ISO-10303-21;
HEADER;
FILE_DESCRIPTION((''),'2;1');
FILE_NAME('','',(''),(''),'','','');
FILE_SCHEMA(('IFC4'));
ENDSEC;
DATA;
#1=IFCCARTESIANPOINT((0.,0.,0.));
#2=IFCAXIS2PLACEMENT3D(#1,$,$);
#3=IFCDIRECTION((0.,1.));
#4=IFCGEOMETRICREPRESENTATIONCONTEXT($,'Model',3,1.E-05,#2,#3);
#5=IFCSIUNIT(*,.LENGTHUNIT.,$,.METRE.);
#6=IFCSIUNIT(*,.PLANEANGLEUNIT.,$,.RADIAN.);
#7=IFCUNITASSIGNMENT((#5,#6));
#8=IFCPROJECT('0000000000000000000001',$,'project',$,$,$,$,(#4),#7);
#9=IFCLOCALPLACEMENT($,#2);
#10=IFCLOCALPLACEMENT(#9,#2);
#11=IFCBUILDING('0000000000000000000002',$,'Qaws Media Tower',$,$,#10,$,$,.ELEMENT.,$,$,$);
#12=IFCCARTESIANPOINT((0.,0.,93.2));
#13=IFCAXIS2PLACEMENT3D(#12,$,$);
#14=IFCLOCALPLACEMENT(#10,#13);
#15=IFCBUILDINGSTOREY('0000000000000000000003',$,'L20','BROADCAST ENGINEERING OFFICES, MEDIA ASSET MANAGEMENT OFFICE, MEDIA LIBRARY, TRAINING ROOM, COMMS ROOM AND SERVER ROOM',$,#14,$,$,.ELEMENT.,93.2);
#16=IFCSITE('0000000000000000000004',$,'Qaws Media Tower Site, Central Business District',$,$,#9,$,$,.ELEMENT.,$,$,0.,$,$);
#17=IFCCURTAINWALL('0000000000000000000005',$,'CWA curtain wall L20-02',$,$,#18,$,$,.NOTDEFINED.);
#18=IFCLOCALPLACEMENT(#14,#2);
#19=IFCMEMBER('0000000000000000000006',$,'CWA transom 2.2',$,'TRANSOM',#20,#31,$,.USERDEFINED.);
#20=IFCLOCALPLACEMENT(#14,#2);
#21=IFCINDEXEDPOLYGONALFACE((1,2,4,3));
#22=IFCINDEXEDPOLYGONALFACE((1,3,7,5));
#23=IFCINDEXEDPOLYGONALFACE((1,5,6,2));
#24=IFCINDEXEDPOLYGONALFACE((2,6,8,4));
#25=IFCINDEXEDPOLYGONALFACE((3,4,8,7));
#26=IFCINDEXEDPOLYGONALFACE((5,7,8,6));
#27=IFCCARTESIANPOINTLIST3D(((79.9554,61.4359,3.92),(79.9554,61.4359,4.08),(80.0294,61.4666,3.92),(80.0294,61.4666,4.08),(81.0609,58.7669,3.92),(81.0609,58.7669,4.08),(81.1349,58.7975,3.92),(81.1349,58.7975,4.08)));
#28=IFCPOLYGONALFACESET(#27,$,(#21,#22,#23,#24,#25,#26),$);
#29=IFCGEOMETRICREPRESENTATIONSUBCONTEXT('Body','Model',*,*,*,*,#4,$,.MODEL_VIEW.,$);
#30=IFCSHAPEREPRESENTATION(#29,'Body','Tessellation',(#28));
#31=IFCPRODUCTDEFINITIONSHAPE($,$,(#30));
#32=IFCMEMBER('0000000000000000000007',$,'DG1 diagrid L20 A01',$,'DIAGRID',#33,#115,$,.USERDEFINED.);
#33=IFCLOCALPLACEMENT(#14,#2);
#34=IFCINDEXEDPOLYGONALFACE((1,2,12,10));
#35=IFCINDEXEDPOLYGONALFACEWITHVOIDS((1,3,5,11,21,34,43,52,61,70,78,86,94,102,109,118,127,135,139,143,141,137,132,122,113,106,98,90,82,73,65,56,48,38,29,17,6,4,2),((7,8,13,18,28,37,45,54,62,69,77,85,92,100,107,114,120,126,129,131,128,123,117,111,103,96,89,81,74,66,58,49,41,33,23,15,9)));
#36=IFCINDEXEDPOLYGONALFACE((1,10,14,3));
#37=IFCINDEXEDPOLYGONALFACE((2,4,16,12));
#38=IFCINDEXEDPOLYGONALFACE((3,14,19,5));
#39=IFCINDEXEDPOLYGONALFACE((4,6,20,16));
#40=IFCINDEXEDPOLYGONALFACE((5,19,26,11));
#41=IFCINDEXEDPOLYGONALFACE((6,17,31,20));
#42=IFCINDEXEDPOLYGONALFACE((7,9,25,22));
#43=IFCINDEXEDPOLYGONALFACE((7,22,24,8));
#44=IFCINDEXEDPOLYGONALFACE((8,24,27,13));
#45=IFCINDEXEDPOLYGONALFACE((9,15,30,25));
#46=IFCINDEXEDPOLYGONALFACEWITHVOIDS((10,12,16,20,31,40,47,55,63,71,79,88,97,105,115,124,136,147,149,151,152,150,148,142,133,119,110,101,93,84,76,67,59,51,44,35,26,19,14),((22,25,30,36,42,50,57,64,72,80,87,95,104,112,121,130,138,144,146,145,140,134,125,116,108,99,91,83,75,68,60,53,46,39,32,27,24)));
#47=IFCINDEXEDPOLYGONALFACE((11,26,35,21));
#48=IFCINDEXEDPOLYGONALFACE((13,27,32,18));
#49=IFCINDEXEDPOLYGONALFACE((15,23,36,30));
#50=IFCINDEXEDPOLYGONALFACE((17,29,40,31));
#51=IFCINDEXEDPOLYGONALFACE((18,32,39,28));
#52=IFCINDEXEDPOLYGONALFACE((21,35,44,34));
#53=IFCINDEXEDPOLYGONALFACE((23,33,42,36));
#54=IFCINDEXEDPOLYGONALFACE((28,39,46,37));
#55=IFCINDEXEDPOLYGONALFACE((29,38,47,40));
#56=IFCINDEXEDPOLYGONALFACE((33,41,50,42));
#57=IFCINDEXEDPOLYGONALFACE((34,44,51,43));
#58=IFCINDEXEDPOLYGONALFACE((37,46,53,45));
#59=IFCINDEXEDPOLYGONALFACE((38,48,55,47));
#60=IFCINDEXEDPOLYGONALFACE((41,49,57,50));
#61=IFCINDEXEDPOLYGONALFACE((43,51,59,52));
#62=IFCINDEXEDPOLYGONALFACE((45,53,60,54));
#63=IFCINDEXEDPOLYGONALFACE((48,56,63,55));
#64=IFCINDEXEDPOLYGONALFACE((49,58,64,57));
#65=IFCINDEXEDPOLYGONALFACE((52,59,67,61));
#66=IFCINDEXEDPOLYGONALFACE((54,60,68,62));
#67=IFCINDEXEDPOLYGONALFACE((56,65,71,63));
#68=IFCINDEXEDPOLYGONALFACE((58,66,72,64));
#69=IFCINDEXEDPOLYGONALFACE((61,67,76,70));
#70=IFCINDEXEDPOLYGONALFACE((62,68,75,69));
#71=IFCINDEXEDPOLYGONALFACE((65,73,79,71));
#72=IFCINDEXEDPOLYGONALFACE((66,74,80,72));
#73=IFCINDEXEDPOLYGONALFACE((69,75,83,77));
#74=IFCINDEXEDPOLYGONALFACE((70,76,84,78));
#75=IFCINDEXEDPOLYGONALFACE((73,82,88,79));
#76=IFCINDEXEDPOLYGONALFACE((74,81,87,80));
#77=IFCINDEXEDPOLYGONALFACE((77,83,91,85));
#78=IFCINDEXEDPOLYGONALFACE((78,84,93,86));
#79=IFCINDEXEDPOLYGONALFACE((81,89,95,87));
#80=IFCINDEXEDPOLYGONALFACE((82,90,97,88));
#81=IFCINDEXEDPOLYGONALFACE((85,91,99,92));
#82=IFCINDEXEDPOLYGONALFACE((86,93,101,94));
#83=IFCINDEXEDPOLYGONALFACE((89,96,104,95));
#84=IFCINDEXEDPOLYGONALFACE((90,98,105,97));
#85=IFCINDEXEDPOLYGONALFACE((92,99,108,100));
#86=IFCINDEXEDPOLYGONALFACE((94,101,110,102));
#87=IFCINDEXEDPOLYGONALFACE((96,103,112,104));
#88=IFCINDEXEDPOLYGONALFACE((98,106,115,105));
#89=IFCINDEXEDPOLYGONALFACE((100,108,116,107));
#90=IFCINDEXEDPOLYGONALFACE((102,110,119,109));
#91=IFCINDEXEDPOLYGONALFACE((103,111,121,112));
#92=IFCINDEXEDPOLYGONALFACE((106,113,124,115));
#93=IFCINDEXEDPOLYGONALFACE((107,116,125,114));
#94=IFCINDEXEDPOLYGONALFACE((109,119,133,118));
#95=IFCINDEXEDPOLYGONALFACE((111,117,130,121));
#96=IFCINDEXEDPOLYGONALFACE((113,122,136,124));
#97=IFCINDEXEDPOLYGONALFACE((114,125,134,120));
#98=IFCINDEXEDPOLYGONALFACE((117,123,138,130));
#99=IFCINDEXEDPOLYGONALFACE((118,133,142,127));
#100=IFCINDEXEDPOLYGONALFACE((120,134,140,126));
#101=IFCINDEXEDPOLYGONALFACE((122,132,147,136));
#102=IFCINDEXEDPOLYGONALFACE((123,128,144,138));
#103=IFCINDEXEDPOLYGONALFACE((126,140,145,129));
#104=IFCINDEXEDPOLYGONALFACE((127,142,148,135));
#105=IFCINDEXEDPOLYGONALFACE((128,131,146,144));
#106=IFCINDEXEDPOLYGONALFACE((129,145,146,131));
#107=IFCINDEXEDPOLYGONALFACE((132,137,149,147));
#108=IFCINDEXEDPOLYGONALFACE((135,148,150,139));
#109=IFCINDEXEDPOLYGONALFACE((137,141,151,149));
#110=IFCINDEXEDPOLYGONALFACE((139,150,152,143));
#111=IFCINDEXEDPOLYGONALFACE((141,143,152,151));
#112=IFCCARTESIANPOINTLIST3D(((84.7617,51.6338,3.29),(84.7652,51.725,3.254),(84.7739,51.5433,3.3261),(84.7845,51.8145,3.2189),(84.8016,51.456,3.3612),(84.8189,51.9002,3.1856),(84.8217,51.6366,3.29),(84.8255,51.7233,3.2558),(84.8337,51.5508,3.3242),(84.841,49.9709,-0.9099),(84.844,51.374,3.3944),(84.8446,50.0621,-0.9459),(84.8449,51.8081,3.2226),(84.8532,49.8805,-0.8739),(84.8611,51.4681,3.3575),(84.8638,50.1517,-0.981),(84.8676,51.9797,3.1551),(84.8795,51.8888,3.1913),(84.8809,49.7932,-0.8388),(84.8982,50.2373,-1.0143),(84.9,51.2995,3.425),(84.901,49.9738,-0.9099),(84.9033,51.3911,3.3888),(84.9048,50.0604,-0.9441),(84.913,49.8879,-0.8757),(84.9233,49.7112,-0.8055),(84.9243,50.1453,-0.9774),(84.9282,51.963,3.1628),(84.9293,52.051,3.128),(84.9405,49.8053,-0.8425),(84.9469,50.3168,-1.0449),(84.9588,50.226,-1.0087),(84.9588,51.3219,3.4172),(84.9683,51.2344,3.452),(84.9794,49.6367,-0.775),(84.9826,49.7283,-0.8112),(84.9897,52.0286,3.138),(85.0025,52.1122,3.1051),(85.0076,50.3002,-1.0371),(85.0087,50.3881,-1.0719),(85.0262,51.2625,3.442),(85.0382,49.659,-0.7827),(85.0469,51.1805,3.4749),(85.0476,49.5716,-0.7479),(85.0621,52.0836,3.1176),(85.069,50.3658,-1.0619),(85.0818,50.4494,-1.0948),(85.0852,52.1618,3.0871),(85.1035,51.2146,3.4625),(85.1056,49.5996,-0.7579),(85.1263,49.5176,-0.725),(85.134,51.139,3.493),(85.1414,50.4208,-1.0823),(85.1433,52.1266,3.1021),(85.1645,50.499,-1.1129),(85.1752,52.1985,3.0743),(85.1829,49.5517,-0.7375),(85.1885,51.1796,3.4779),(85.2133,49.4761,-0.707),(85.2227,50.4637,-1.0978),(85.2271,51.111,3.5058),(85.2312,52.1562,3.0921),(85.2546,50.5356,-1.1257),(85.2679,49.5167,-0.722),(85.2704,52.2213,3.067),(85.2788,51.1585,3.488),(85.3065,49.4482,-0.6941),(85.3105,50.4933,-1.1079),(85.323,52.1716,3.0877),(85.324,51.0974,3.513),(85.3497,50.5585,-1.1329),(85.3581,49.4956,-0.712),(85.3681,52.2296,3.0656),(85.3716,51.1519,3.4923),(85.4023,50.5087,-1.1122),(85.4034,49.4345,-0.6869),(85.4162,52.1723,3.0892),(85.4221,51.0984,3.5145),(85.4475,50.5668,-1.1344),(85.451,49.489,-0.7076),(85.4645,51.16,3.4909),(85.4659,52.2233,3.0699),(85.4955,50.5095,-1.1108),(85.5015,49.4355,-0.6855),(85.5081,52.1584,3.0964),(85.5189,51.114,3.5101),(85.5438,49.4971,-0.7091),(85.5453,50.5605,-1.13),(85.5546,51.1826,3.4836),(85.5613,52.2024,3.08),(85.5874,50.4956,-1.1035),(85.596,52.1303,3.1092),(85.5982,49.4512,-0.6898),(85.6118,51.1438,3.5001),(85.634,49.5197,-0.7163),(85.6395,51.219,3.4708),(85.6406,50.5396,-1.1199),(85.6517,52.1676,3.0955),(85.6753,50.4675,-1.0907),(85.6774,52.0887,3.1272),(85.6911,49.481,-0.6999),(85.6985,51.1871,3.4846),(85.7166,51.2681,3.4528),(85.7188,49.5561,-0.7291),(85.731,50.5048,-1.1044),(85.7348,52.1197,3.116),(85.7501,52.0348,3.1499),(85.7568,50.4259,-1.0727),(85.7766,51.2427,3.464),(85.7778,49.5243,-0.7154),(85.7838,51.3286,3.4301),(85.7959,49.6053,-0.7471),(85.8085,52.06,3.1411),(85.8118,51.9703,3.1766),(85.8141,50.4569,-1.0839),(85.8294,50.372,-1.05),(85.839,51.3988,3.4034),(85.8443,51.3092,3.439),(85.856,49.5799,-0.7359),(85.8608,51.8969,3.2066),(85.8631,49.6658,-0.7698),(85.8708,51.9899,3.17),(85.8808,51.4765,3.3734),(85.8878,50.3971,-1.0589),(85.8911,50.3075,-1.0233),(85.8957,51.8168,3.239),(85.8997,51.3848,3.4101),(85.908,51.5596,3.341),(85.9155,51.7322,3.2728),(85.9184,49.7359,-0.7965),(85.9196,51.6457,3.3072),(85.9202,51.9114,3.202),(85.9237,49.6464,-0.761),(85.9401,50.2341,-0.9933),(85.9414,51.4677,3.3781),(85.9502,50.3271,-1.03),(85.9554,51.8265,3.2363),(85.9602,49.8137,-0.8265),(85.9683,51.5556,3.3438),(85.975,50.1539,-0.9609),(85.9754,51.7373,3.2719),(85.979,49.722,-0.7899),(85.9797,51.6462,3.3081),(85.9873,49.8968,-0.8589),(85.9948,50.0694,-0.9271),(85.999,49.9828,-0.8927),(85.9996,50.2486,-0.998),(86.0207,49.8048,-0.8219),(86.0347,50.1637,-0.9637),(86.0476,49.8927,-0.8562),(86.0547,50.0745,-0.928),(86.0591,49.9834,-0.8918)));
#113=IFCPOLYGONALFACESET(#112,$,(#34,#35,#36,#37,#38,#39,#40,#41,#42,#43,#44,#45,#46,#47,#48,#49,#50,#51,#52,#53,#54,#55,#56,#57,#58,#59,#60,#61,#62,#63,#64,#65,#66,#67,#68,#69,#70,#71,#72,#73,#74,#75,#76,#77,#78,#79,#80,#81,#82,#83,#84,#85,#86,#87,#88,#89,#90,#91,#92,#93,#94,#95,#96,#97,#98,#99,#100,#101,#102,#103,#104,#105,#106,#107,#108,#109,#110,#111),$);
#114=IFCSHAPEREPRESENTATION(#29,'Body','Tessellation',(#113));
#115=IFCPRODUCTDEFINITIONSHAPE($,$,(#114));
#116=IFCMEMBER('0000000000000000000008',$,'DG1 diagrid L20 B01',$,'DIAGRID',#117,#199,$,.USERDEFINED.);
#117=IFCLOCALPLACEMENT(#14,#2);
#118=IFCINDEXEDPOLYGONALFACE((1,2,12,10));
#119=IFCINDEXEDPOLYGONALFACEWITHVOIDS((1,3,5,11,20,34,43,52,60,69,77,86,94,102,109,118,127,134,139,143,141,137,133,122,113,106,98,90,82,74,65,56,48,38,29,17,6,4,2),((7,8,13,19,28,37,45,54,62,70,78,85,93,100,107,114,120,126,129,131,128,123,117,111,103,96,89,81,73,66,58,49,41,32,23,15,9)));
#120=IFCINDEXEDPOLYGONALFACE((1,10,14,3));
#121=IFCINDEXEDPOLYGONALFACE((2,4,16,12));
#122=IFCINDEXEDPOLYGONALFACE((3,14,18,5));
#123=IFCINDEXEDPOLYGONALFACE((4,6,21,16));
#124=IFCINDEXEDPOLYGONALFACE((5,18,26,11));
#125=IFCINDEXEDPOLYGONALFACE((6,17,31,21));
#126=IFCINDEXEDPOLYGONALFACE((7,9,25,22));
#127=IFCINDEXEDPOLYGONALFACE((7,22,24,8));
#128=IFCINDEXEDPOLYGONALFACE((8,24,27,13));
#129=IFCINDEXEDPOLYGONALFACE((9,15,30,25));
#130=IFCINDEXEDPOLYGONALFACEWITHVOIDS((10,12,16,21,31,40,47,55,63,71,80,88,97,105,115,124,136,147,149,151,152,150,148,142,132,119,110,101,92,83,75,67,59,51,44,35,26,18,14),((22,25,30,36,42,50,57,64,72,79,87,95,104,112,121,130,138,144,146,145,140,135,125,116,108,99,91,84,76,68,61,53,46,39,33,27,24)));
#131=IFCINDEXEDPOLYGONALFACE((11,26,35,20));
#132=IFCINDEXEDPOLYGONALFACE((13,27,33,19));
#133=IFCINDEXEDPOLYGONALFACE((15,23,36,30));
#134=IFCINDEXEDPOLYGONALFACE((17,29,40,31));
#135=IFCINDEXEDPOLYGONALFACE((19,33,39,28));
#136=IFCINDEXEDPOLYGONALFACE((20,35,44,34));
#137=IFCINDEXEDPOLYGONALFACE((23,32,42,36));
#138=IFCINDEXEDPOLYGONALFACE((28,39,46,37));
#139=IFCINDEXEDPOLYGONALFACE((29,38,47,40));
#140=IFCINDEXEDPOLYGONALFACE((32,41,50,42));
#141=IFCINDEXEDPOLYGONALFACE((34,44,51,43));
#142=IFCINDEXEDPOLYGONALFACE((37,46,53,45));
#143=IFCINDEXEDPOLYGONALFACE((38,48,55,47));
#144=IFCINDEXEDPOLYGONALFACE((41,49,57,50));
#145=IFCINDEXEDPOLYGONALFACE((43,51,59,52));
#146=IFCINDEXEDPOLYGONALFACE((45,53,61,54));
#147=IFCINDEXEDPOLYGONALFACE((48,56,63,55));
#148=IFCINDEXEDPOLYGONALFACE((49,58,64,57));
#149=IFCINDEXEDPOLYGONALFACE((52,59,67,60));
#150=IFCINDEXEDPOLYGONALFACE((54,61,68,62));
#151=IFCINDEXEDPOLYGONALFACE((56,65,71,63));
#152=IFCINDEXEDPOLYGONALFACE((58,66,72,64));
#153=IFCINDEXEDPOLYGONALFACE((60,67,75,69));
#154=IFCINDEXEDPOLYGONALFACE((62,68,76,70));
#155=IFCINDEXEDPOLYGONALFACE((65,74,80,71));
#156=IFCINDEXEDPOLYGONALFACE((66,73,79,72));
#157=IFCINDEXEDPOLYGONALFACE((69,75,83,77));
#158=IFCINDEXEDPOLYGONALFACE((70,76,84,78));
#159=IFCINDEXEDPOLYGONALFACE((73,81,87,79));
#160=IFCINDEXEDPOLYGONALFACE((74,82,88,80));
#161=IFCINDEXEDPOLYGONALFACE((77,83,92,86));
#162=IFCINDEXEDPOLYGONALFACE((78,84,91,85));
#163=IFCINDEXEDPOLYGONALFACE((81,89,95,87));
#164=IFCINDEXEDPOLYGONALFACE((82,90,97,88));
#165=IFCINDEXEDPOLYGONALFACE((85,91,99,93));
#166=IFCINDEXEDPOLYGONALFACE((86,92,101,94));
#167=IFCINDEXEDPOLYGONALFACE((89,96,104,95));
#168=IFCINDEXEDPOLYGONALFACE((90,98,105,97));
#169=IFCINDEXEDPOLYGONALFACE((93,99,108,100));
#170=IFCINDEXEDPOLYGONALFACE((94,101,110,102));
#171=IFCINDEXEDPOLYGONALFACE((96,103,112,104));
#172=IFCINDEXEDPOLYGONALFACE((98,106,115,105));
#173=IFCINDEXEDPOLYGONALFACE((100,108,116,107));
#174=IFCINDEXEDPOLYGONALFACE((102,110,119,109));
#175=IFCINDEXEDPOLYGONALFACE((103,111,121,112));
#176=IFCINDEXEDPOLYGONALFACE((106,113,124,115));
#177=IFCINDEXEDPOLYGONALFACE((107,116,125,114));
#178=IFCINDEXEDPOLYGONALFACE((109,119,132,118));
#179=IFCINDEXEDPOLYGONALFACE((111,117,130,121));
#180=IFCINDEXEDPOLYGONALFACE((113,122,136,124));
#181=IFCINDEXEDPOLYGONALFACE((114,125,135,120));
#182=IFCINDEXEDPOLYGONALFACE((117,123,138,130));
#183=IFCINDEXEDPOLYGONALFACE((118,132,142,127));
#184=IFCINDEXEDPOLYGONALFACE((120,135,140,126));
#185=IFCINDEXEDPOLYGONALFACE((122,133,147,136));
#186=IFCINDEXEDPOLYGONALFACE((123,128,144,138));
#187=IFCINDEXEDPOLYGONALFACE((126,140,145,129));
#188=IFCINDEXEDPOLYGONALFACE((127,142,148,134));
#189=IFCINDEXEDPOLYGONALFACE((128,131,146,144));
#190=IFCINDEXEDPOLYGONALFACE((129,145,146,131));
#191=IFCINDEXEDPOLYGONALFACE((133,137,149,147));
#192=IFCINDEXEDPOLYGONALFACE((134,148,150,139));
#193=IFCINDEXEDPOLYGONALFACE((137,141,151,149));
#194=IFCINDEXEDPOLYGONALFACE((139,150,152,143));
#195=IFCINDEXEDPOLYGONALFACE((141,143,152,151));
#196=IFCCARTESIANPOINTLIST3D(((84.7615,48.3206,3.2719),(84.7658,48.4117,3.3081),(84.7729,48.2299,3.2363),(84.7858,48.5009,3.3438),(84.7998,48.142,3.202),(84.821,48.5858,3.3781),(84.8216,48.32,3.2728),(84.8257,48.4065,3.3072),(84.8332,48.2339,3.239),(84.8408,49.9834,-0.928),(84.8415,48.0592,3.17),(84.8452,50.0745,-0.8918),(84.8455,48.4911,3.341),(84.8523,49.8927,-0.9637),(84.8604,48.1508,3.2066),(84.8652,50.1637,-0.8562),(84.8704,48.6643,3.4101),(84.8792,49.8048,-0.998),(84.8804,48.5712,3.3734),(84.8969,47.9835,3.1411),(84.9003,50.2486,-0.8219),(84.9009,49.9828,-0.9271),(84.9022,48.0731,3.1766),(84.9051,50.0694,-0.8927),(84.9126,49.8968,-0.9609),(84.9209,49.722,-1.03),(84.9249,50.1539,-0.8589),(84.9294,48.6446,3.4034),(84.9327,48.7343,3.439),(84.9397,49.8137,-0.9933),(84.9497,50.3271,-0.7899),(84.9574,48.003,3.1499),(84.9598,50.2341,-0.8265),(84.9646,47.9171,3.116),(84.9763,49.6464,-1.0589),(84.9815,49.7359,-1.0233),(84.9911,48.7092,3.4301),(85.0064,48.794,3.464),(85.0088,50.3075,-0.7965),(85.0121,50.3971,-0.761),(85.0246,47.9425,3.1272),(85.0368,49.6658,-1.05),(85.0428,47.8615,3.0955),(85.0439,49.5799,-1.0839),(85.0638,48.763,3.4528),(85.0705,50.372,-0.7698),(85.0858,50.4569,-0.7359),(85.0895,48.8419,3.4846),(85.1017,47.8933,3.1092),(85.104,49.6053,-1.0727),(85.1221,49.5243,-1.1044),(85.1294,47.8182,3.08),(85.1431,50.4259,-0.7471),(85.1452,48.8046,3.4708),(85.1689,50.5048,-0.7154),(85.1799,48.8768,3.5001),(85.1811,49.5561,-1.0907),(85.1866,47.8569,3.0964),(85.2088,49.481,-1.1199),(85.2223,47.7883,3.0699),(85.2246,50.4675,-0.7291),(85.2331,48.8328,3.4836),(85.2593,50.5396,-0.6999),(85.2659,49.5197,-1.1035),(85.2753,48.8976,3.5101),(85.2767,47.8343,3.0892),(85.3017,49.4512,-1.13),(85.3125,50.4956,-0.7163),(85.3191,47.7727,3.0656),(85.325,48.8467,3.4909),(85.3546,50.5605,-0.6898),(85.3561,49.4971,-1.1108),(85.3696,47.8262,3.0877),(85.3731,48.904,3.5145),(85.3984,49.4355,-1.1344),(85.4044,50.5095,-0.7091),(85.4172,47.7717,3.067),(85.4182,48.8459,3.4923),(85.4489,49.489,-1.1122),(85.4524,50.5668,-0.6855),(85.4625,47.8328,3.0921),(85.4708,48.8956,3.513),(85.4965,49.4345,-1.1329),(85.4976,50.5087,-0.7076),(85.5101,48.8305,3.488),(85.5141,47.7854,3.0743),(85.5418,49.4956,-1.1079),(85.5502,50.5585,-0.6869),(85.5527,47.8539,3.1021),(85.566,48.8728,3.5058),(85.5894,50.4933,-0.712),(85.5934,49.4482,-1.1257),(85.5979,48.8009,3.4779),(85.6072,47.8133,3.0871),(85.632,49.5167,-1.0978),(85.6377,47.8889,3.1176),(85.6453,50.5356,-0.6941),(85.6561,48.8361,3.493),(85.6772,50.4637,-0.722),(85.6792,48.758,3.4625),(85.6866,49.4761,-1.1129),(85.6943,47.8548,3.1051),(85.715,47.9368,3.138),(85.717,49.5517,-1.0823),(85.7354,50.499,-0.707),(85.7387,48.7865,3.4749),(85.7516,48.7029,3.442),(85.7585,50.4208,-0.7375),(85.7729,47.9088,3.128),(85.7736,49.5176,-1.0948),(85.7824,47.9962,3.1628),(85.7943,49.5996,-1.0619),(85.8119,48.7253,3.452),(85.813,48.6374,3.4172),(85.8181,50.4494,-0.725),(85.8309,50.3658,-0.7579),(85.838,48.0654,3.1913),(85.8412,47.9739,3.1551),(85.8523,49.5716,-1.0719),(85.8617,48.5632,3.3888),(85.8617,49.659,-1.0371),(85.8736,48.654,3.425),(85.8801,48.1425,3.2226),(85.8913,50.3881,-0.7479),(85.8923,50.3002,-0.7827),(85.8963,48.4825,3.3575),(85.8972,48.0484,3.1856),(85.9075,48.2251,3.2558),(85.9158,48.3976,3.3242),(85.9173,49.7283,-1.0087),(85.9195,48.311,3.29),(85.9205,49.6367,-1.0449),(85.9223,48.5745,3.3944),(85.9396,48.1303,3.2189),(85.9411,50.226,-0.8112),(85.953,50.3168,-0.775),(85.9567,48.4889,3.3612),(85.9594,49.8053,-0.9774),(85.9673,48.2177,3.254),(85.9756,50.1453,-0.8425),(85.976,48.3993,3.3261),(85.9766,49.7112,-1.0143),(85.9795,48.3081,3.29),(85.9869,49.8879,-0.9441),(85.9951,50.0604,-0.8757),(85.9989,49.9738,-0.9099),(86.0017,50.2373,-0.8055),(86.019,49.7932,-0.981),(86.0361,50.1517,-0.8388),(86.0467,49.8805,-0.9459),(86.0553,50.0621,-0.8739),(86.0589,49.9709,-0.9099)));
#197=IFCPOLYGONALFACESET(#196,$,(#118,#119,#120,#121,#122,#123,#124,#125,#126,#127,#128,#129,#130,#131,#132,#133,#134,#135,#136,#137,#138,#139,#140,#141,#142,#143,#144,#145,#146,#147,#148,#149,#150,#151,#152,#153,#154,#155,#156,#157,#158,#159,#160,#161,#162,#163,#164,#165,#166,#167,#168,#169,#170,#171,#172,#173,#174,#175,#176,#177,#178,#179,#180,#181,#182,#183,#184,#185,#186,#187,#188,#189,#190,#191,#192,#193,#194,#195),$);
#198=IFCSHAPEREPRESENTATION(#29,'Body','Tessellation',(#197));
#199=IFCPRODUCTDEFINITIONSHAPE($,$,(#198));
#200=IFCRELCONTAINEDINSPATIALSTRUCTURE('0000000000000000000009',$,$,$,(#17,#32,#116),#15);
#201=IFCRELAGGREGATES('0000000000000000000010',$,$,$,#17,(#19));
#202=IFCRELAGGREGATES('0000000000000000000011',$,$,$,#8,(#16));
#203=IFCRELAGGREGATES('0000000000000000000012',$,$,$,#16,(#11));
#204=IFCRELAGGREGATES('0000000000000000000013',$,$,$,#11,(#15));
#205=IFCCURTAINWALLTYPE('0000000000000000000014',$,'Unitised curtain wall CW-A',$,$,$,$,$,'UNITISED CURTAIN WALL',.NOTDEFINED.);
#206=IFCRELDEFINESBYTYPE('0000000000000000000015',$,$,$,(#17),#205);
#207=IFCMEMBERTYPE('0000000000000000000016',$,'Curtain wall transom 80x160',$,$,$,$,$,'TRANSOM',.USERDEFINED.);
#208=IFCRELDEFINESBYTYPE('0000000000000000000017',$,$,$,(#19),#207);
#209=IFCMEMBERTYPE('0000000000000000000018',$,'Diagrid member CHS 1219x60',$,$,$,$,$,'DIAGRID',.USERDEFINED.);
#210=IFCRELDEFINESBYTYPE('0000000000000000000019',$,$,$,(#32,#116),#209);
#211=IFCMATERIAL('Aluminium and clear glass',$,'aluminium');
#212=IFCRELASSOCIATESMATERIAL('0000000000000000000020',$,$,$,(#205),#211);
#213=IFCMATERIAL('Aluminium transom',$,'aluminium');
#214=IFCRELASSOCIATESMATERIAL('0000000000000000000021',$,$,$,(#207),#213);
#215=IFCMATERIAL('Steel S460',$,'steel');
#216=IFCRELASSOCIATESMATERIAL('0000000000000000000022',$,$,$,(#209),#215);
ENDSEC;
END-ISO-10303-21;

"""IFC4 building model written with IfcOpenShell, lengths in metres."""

from ifc_helpers import new_model, si_unit, direction, frame, origin, origin_2d, place, context, subcontext, project, spatial, rectangle, hollow_circle, extrude, material, material_profile, profile_set, type_object, element, aggregate, save


model = new_model("IFC4")

# Units and contexts
model_context = context("Model", 3, precision=1e-05, world=origin(), true_north=direction((0.0, 1.0)))
body_context = subcontext(model_context, "Body", "Model", "MODEL_VIEW")
ifc_project = project(units=[si_unit("LENGTHUNIT", "METRE"), si_unit("PLANEANGLEUNIT", "RADIAN")], contexts=[model_context])

# Site, building, storey
site_placement = place(None, origin())
site = spatial("IfcSite", under=ifc_project, at=site_placement, Name="Qaws Media Tower Site, Central Business District", CompositionType="ELEMENT", RefElevation=0.0)
building_placement = place(site_placement, origin())
building = spatial("IfcBuilding", under=site, at=building_placement, Name="Qaws Media Tower", CompositionType="ELEMENT")
storey_placement = place(building_placement, frame((0.0, 0.0, 93.2)))
storey = spatial("IfcBuildingStorey", under=building, at=storey_placement, Name="L20", Description="BROADCAST ENGINEERING OFFICES, MEDIA ASSET MANAGEMENT OFFICE, MEDIA LIBRARY, TRAINING ROOM, COMMS ROOM AND SERVER ROOM", CompositionType="ELEMENT", Elevation=93.2)

# Curtain wall
ifc_material_1 = material(Name="Aluminium and clear glass", Category="aluminium")
curtain_wall_type = type_object("IfcCurtainWallType", Name="Unitised curtain wall CW-A", ElementType="UNITISED CURTAIN WALL", PredefinedType="NOTDEFINED", material=ifc_material_1)
curtain_wall_1_placement = place(storey_placement, origin())
curtain_wall_1 = element("IfcCurtainWall", 1, at=curtain_wall_1_placement, inside=storey, type_object=curtain_wall_type, Name="CWA curtain wall L20-02", PredefinedType="NOTDEFINED")

# Member
ifc_material_2 = material(Name="Aluminium transom", Category="aluminium")
ifc_material_profile_1 = material_profile(ifc_material_2, rectangle(XDim=0.0801, YDim=0.1599, at=origin_2d()), Name="80x160")
ifc_profile_set_1 = profile_set([ifc_material_profile_1], Name="Aluminium transom")
member_type_1 = type_object("IfcMemberType", Name="Curtain wall transom 80x160", ElementType="TRANSOM", PredefinedType="USERDEFINED", material=ifc_profile_set_1)
member_1_placement = place(storey_placement, frame((81.0979, 58.7822, 4.0), z_axis=(-0.38267, 0.923885, 0.0), x_axis=(-0.923885, -0.38267, 0.0)))
member_1 = element("IfcMember", 2, at=member_1_placement, type_object=member_type_1, Name="CWA transom 2.2", ObjectType="TRANSOM", PredefinedType="USERDEFINED", context=body_context, shape_type="SweptSolid", body=[
    extrude(rectangle(XDim=0.0801, YDim=0.1599, at=origin_2d()), origin(), (0.0, 0.0, 1.0), 2.8889),
])

# Members
ifc_material_3 = material(Name="Steel S460", Category="steel")
ifc_material_profile_2 = material_profile(ifc_material_3, hollow_circle(Radius=0.6096, WallThickness=0.0601, at=origin_2d()), Name="CHS 1219x60")
ifc_profile_set_2 = profile_set([ifc_material_profile_2], Name="Steel S460")
member_type_2 = type_object("IfcMemberType", Name="Diagrid member CHS 1219x60", ElementType="DIAGRID", PredefinedType="USERDEFINED", material=ifc_profile_set_2)
for number, where, z_axis, x_axis, name in (
    (3, (85.45, 50.0, -0.9099), (-0.017563, 0.368061, 0.929636), (-0.998863, -0.047663, 0.0), "DG1 diagrid L20 A01"),
    (4, (85.45, 50.0, -0.9099), (-0.017563, -0.368061, 0.929636), (0.998863, -0.047663, 0.0), "DG1 diagrid L20 B01"),
):
    element("IfcMember", number, at=place(storey_placement, frame(where, z_axis=z_axis, x_axis=x_axis)), inside=storey, type_object=member_type_2, Name=name, ObjectType="DIAGRID", PredefinedType="USERDEFINED", context=body_context, shape_type="SweptSolid", body=[
        extrude(hollow_circle(Radius=0.6096, WallThickness=0.0601, at=origin_2d()), origin(), (0.0, 0.0, 1.0), 4.5178),
    ])

aggregate(curtain_wall_1, [member_1])

save(model, "model.ifc")
